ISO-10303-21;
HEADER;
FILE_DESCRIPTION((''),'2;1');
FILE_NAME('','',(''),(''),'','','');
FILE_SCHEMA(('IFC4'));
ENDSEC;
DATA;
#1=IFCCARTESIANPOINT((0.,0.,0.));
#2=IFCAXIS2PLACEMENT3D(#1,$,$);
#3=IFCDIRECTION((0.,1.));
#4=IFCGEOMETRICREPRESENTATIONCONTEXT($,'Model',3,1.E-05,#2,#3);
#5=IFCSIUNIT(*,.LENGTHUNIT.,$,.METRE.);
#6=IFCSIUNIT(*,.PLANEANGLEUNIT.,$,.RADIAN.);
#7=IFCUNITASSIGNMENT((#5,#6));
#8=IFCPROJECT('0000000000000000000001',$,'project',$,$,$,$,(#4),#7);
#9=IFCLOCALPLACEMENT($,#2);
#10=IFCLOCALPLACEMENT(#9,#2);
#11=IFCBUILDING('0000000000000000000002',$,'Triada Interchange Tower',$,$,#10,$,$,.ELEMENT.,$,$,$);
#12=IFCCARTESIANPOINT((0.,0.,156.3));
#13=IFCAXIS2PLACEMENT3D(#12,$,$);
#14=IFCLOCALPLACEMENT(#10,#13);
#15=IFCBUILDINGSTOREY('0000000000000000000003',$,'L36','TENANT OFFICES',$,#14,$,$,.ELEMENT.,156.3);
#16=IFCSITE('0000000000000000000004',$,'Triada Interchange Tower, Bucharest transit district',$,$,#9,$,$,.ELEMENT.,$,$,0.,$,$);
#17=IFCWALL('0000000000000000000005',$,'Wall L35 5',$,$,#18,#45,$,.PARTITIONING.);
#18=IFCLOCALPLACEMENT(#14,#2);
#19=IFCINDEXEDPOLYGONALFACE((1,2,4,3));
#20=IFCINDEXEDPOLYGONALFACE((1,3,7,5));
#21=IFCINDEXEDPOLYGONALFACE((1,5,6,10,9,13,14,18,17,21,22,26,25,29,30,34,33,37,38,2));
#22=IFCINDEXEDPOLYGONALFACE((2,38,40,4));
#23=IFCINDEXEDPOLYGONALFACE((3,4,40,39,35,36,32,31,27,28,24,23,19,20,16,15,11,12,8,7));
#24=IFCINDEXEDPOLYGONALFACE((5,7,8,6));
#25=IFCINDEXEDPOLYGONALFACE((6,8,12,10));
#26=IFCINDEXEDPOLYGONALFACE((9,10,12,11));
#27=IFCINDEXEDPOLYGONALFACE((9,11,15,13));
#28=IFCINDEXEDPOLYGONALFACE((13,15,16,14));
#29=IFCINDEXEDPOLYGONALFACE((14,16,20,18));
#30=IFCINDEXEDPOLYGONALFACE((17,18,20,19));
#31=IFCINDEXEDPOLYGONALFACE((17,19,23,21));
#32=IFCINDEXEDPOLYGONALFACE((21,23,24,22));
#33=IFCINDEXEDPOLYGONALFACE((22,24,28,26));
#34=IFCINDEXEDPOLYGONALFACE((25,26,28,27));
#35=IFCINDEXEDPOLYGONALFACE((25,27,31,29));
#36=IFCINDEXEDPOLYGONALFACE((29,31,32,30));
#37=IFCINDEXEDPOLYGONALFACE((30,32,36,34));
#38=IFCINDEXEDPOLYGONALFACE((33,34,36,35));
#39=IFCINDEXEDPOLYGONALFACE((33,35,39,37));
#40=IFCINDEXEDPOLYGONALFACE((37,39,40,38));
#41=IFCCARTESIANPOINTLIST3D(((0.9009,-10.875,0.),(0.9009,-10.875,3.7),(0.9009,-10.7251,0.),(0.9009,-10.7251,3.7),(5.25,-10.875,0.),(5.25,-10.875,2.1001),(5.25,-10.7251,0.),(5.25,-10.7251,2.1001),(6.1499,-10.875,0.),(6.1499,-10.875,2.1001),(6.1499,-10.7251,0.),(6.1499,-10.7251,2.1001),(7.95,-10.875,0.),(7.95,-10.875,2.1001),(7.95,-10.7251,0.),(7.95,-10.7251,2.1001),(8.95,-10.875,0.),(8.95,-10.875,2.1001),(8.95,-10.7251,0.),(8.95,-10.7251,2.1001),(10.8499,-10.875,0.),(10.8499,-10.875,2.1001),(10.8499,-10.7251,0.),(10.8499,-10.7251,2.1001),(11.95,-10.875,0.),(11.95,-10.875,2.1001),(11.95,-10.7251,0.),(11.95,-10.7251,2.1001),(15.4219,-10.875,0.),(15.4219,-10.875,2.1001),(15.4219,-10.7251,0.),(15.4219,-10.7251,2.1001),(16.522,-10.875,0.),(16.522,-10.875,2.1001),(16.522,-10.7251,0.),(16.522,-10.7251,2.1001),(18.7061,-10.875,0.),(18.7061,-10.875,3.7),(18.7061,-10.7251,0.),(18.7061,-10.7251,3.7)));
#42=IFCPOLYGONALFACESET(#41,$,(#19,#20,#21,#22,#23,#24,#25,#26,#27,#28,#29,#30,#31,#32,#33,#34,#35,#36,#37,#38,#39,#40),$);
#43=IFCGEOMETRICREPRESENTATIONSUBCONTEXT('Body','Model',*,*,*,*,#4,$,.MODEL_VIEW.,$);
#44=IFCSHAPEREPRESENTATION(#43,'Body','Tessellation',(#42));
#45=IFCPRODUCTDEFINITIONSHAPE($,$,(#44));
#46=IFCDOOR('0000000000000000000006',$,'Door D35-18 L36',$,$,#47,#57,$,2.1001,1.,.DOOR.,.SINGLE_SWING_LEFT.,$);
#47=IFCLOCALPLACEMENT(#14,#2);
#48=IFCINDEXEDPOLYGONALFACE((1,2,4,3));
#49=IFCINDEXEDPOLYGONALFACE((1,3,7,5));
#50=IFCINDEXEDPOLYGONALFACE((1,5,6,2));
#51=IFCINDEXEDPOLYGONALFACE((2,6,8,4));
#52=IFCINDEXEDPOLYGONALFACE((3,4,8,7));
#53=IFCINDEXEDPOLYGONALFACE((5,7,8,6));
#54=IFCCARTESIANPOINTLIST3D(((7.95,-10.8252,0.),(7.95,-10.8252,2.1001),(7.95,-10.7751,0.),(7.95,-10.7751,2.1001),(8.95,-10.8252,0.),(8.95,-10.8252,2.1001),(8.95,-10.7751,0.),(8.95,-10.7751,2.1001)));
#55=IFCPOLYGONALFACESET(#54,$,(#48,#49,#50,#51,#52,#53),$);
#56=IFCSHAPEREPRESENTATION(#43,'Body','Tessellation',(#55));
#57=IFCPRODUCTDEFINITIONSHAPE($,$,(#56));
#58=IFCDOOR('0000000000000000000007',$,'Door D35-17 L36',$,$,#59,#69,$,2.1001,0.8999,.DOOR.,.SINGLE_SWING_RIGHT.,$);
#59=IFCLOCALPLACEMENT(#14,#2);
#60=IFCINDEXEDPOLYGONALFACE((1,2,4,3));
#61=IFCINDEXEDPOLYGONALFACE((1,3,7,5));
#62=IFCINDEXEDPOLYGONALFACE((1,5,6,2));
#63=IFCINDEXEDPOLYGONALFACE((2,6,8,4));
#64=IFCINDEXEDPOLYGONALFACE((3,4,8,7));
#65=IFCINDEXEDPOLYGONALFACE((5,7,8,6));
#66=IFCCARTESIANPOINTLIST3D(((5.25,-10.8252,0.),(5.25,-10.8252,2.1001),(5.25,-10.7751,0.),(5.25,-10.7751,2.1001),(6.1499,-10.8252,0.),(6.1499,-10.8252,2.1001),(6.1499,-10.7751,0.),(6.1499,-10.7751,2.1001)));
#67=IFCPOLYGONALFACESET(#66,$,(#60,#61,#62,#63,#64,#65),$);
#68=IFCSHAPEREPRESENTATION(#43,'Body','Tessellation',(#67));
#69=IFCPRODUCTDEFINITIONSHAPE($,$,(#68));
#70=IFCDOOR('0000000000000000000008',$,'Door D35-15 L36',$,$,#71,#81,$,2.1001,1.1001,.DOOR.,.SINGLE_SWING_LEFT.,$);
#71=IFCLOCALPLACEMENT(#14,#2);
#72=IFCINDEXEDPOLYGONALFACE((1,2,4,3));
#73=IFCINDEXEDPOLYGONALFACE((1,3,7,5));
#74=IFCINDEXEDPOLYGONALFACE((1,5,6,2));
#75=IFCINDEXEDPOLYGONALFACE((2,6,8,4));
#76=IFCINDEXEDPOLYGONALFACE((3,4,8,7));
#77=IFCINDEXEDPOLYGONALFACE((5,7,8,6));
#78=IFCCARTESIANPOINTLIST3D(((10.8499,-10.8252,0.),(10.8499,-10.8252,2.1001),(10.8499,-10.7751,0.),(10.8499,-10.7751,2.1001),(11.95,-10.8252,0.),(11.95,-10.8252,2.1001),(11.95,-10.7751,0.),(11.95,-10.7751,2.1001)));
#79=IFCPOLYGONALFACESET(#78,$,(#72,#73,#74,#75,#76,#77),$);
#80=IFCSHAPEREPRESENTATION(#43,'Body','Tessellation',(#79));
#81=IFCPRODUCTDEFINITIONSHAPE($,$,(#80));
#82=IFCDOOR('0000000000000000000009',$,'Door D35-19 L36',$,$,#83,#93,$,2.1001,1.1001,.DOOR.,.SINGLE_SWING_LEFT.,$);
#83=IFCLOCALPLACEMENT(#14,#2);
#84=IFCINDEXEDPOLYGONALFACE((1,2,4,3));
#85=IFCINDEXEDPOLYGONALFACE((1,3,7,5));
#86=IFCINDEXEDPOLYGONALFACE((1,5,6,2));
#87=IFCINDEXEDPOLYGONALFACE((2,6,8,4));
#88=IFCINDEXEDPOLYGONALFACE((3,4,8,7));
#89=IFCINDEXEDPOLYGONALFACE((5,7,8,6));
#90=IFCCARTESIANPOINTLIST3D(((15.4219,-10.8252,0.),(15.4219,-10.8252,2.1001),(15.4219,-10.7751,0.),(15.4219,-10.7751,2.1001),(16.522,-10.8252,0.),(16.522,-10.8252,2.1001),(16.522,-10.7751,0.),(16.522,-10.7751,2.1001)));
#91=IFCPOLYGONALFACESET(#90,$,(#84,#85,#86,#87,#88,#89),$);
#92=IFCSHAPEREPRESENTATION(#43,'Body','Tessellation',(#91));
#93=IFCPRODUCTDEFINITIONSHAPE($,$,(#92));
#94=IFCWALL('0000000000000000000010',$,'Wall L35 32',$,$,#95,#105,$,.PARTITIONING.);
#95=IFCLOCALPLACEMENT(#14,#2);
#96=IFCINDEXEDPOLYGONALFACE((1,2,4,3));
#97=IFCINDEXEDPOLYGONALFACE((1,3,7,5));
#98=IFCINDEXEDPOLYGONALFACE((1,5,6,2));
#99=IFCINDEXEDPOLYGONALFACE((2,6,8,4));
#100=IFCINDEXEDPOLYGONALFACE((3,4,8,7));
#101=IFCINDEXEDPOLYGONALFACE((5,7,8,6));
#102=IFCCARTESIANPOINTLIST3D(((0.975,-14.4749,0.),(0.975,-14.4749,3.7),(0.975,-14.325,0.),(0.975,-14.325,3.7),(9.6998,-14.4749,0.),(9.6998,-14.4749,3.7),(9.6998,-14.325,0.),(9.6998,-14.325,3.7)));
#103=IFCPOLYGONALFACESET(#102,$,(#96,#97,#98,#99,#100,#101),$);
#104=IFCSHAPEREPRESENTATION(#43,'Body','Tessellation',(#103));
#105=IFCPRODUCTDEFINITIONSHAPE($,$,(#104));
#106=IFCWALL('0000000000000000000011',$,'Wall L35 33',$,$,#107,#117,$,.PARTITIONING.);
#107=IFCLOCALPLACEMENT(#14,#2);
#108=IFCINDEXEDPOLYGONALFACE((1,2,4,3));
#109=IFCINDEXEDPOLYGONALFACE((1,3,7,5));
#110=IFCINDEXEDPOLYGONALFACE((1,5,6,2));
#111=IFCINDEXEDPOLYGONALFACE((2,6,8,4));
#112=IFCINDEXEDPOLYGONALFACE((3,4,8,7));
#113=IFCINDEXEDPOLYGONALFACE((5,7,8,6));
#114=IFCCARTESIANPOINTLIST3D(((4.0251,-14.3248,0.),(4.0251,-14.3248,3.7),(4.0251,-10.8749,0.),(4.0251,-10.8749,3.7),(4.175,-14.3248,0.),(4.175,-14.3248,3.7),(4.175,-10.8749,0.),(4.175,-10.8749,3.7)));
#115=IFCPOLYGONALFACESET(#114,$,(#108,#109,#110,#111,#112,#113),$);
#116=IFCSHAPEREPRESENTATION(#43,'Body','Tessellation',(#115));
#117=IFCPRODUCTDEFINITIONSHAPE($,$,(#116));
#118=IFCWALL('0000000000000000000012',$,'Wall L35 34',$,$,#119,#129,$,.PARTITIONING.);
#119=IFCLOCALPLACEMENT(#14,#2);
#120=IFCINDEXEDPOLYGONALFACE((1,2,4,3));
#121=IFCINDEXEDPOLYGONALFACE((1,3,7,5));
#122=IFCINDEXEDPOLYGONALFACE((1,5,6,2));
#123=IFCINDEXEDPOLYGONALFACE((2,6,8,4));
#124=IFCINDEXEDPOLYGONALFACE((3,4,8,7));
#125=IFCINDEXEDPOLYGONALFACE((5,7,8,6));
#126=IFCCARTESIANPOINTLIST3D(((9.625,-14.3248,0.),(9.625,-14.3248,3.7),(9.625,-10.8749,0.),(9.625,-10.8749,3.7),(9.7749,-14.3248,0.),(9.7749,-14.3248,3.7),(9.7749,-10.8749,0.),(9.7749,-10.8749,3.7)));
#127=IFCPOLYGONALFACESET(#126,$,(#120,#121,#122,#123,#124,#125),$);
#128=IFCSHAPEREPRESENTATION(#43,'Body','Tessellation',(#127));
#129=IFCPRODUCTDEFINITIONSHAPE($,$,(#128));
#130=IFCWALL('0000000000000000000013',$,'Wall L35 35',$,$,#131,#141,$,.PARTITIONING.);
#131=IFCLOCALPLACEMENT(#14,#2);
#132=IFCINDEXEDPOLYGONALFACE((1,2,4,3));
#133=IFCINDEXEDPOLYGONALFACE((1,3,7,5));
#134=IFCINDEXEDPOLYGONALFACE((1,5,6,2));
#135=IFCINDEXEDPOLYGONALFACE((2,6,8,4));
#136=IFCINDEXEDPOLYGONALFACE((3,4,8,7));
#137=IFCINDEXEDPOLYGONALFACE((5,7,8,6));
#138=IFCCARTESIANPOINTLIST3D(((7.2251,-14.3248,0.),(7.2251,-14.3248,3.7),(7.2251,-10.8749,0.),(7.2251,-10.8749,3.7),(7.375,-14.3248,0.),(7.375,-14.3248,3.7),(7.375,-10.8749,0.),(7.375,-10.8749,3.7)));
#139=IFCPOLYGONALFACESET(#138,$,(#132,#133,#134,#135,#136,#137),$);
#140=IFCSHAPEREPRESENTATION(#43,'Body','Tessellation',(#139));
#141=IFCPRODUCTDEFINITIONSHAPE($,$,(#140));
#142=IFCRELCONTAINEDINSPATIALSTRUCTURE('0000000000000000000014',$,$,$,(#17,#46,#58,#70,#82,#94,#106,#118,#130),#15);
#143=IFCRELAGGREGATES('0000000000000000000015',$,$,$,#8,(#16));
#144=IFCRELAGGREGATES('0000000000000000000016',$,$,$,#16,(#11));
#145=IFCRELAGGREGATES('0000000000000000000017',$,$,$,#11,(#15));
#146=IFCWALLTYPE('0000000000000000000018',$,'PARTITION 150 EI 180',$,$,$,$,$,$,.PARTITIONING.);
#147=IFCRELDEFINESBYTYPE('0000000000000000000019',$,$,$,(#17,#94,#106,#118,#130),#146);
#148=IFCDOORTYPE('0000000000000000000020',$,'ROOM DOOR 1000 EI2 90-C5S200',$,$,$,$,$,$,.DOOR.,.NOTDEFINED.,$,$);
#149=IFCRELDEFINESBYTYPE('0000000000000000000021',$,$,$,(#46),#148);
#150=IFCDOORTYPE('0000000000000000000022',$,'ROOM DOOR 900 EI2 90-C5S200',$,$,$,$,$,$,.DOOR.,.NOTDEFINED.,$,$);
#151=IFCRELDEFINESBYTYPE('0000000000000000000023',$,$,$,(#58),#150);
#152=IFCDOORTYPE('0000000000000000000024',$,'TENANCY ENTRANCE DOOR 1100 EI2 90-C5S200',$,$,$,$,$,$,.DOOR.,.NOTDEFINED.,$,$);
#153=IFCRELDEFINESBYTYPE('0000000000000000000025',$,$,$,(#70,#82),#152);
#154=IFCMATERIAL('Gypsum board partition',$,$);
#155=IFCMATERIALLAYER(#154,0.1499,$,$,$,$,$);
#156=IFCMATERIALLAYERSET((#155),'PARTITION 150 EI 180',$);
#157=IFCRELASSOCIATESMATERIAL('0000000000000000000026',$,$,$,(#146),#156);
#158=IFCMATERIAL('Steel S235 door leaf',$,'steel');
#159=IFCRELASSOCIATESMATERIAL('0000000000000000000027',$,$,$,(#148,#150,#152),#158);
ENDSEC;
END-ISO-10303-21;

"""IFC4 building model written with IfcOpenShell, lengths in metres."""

from ifc_helpers import new_model, si_unit, direction, frame, frame_2d, origin, place, context, subcontext, project, spatial, rectangle, extrude, material, layer, layer_set, type_object, element, fill, save


model = new_model("IFC4")

# Units and contexts
model_context = context("Model", 3, precision=1e-05, world=origin(), true_north=direction((0.0, 1.0)))
body_context = subcontext(model_context, "Body", "Model", "MODEL_VIEW")
ifc_project = project(units=[si_unit("LENGTHUNIT", "METRE"), si_unit("PLANEANGLEUNIT", "RADIAN")], contexts=[model_context])

# Site, building, storey
site_placement = place(None, origin())
site = spatial("IfcSite", under=ifc_project, at=site_placement, Name="Triada Interchange Tower, Bucharest transit district", CompositionType="ELEMENT", RefElevation=0.0)
building_placement = place(site_placement, origin())
building = spatial("IfcBuilding", under=site, at=building_placement, Name="Triada Interchange Tower", CompositionType="ELEMENT")
storey_placement = place(building_placement, frame((0.0, 0.0, 156.3)))
storey = spatial("IfcBuildingStorey", under=building, at=storey_placement, Name="L36", Description="TENANT OFFICES", CompositionType="ELEMENT", Elevation=156.3)

# Shared definitions
ifc_material_1 = material(Name="Steel S235 door leaf", Category="steel")

# Wall, openings, doors
ifc_material_2 = material(Name="Gypsum board partition")
ifc_layer_1 = layer(ifc_material_2, 0.1499)
ifc_layer_set_1 = layer_set([ifc_layer_1], Name="PARTITION 150 EI 180")
wall_type_1 = type_object("IfcWallType", Name="PARTITION 150 EI 180", PredefinedType="PARTITIONING", material=ifc_layer_set_1)
wall_1_placement = place(storey_placement, frame((0.9009, -10.8, 0.0), z_axis=(0.0, 0.0, 1.0), x_axis=(1.0, 0.0, 0.0)))
wall_1 = element("IfcWall", 1, at=wall_1_placement, inside=storey, type_object=wall_type_1, Name="Wall L35 5", PredefinedType="PARTITIONING", context=body_context, shape_type="SweptSolid", body=[
    extrude(rectangle(XDim=17.8052, YDim=0.1499, at=frame_2d((8.9026, 0.0))), origin(), (0.0, 0.0, 1.0), 3.7),
])
opening_1_placement = place(wall_1_placement, frame((9.949, 0.0, 0.0)))
opening_1 = element("IfcOpeningElement", 2, at=opening_1_placement, cuts=wall_1, PredefinedType="OPENING", context=body_context, shape_type="SweptSolid", body=[
    extrude(rectangle(XDim=1.1001, YDim=2.1001, at=frame_2d((0.55, 1.05))), frame((0.0, 0.085, 0.0), z_axis=(0.0, -1.0, 0.0), x_axis=(1.0, 0.0, 0.0)), (0.0, 0.0, 1.0), 0.1699),
])
opening_2_placement = place(wall_1_placement, frame((4.3491, 0.0, 0.0)))
opening_2 = element("IfcOpeningElement", 3, at=opening_2_placement, cuts=wall_1, PredefinedType="OPENING", context=body_context, shape_type="SweptSolid", body=[
    extrude(rectangle(XDim=0.8999, YDim=2.1001, at=frame_2d((0.45, 1.05))), frame((0.0, 0.085, 0.0), z_axis=(0.0, -1.0, 0.0), x_axis=(1.0, 0.0, 0.0)), (0.0, 0.0, 1.0), 0.1699),
])
opening_3_placement = place(wall_1_placement, frame((7.0491, 0.0, 0.0)))
opening_3 = element("IfcOpeningElement", 4, at=opening_3_placement, cuts=wall_1, PredefinedType="OPENING", context=body_context, shape_type="SweptSolid", body=[
    extrude(rectangle(XDim=1.0, YDim=2.1001, at=frame_2d((0.5, 1.05))), frame((0.0, 0.085, 0.0), z_axis=(0.0, -1.0, 0.0), x_axis=(1.0, 0.0, 0.0)), (0.0, 0.0, 1.0), 0.1699),
])
opening_4_placement = place(wall_1_placement, frame((14.521, 0.0, 0.0)))
opening_4 = element("IfcOpeningElement", 5, at=opening_4_placement, cuts=wall_1, PredefinedType="OPENING", context=body_context, shape_type="SweptSolid", body=[
    extrude(rectangle(XDim=1.1001, YDim=2.1001, at=frame_2d((0.55, 1.05))), frame((0.0, 0.085, 0.0), z_axis=(0.0, -1.0, 0.0), x_axis=(1.0, 0.0, 0.0)), (0.0, 0.0, 1.0), 0.1699),
])
door_type_1 = type_object("IfcDoorType", Name="ROOM DOOR 1000 EI2 90-C5S200", OperationType="NOTDEFINED", PredefinedType="DOOR", material=ifc_material_1)
door_1_placement = place(opening_3_placement, origin())
door_1 = element("IfcDoor", 6, at=door_1_placement, inside=storey, type_object=door_type_1, Name="Door D35-18 L36", OperationType="SINGLE_SWING_LEFT", OverallHeight=2.1001, OverallWidth=1.0, PredefinedType="DOOR", context=body_context, shape_type="SweptSolid", body=[
    extrude(rectangle(XDim=1.0, YDim=2.1001, at=frame_2d((0.5, 1.05))), frame((0.0, 0.0249, 0.0), z_axis=(0.0, -1.0, 0.0), x_axis=(1.0, 0.0, 0.0)), (0.0, 0.0, 1.0), 0.05),
])
fill(opening_3, door_1)
door_type_2 = type_object("IfcDoorType", Name="ROOM DOOR 900 EI2 90-C5S200", OperationType="NOTDEFINED", PredefinedType="DOOR", material=ifc_material_1)
door_2_placement = place(opening_2_placement, origin())
door_2 = element("IfcDoor", 7, at=door_2_placement, inside=storey, type_object=door_type_2, Name="Door D35-17 L36", OperationType="SINGLE_SWING_RIGHT", OverallHeight=2.1001, OverallWidth=0.8999, PredefinedType="DOOR", context=body_context, shape_type="SweptSolid", body=[
    extrude(rectangle(XDim=0.8999, YDim=2.1001, at=frame_2d((0.45, 1.05))), frame((0.0, 0.0249, 0.0), z_axis=(0.0, -1.0, 0.0), x_axis=(1.0, 0.0, 0.0)), (0.0, 0.0, 1.0), 0.05),
])
fill(opening_2, door_2)
door_type_3 = type_object("IfcDoorType", Name="TENANCY ENTRANCE DOOR 1100 EI2 90-C5S200", OperationType="NOTDEFINED", PredefinedType="DOOR", material=ifc_material_1)
door_3_placement = place(opening_1_placement, origin())
door_3 = element("IfcDoor", 8, at=door_3_placement, inside=storey, type_object=door_type_3, Name="Door D35-15 L36", OperationType="SINGLE_SWING_LEFT", OverallHeight=2.1001, OverallWidth=1.1001, PredefinedType="DOOR", context=body_context, shape_type="SweptSolid", body=[
    extrude(rectangle(XDim=1.1001, YDim=2.1001, at=frame_2d((0.55, 1.05))), frame((0.0, 0.0249, 0.0), z_axis=(0.0, -1.0, 0.0), x_axis=(1.0, 0.0, 0.0)), (0.0, 0.0, 1.0), 0.05),
])
fill(opening_1, door_3)
door_4_placement = place(opening_4_placement, origin())
door_4 = element("IfcDoor", 9, at=door_4_placement, inside=storey, type_object=door_type_3, Name="Door D35-19 L36", OperationType="SINGLE_SWING_LEFT", OverallHeight=2.1001, OverallWidth=1.1001, PredefinedType="DOOR", context=body_context, shape_type="SweptSolid", body=[
    extrude(rectangle(XDim=1.1001, YDim=2.1001, at=frame_2d((0.55, 1.05))), frame((0.0, 0.0249, 0.0), z_axis=(0.0, -1.0, 0.0), x_axis=(1.0, 0.0, 0.0)), (0.0, 0.0, 1.0), 0.05),
])
fill(opening_4, door_4)

# Walls
wall_2_placement = place(storey_placement, frame((0.9751, -14.3999, 0.0), z_axis=(0.0, 0.0, 1.0), x_axis=(1.0, 0.0, 0.0)))
element("IfcWall", 10, at=wall_2_placement, inside=storey, type_object=wall_type_1, Name="Wall L35 32", PredefinedType="PARTITIONING", context=body_context, shape_type="SweptSolid", body=[
    extrude(rectangle(XDim=8.7249, YDim=0.1499, at=frame_2d((4.3623, 0.0))), origin(), (0.0, 0.0, 1.0), 3.7),
])
for number, where, z_axis, x_axis, name in (
    (11, (4.1001, -14.325, 0.0), (0.0, 0.0, 1.0), (0.0, 1.0, 0.0), "Wall L35 33"),
    (12, (9.7, -14.325, 0.0), (0.0, 0.0, 1.0), (0.0, 1.0, 0.0), "Wall L35 34"),
    (13, (7.3, -14.325, 0.0), (0.0, 0.0, 1.0), (0.0, 1.0, 0.0), "Wall L35 35"),
):
    element("IfcWall", number, at=place(storey_placement, frame(where, z_axis=z_axis, x_axis=x_axis)), inside=storey, type_object=wall_type_1, Name=name, PredefinedType="PARTITIONING", context=body_context, shape_type="SweptSolid", body=[
        extrude(rectangle(XDim=3.45, YDim=0.1499, at=frame_2d((1.7251, 0.0))), origin(), (0.0, 0.0, 1.0), 3.7),
    ])

save(model, "model.ifc")
